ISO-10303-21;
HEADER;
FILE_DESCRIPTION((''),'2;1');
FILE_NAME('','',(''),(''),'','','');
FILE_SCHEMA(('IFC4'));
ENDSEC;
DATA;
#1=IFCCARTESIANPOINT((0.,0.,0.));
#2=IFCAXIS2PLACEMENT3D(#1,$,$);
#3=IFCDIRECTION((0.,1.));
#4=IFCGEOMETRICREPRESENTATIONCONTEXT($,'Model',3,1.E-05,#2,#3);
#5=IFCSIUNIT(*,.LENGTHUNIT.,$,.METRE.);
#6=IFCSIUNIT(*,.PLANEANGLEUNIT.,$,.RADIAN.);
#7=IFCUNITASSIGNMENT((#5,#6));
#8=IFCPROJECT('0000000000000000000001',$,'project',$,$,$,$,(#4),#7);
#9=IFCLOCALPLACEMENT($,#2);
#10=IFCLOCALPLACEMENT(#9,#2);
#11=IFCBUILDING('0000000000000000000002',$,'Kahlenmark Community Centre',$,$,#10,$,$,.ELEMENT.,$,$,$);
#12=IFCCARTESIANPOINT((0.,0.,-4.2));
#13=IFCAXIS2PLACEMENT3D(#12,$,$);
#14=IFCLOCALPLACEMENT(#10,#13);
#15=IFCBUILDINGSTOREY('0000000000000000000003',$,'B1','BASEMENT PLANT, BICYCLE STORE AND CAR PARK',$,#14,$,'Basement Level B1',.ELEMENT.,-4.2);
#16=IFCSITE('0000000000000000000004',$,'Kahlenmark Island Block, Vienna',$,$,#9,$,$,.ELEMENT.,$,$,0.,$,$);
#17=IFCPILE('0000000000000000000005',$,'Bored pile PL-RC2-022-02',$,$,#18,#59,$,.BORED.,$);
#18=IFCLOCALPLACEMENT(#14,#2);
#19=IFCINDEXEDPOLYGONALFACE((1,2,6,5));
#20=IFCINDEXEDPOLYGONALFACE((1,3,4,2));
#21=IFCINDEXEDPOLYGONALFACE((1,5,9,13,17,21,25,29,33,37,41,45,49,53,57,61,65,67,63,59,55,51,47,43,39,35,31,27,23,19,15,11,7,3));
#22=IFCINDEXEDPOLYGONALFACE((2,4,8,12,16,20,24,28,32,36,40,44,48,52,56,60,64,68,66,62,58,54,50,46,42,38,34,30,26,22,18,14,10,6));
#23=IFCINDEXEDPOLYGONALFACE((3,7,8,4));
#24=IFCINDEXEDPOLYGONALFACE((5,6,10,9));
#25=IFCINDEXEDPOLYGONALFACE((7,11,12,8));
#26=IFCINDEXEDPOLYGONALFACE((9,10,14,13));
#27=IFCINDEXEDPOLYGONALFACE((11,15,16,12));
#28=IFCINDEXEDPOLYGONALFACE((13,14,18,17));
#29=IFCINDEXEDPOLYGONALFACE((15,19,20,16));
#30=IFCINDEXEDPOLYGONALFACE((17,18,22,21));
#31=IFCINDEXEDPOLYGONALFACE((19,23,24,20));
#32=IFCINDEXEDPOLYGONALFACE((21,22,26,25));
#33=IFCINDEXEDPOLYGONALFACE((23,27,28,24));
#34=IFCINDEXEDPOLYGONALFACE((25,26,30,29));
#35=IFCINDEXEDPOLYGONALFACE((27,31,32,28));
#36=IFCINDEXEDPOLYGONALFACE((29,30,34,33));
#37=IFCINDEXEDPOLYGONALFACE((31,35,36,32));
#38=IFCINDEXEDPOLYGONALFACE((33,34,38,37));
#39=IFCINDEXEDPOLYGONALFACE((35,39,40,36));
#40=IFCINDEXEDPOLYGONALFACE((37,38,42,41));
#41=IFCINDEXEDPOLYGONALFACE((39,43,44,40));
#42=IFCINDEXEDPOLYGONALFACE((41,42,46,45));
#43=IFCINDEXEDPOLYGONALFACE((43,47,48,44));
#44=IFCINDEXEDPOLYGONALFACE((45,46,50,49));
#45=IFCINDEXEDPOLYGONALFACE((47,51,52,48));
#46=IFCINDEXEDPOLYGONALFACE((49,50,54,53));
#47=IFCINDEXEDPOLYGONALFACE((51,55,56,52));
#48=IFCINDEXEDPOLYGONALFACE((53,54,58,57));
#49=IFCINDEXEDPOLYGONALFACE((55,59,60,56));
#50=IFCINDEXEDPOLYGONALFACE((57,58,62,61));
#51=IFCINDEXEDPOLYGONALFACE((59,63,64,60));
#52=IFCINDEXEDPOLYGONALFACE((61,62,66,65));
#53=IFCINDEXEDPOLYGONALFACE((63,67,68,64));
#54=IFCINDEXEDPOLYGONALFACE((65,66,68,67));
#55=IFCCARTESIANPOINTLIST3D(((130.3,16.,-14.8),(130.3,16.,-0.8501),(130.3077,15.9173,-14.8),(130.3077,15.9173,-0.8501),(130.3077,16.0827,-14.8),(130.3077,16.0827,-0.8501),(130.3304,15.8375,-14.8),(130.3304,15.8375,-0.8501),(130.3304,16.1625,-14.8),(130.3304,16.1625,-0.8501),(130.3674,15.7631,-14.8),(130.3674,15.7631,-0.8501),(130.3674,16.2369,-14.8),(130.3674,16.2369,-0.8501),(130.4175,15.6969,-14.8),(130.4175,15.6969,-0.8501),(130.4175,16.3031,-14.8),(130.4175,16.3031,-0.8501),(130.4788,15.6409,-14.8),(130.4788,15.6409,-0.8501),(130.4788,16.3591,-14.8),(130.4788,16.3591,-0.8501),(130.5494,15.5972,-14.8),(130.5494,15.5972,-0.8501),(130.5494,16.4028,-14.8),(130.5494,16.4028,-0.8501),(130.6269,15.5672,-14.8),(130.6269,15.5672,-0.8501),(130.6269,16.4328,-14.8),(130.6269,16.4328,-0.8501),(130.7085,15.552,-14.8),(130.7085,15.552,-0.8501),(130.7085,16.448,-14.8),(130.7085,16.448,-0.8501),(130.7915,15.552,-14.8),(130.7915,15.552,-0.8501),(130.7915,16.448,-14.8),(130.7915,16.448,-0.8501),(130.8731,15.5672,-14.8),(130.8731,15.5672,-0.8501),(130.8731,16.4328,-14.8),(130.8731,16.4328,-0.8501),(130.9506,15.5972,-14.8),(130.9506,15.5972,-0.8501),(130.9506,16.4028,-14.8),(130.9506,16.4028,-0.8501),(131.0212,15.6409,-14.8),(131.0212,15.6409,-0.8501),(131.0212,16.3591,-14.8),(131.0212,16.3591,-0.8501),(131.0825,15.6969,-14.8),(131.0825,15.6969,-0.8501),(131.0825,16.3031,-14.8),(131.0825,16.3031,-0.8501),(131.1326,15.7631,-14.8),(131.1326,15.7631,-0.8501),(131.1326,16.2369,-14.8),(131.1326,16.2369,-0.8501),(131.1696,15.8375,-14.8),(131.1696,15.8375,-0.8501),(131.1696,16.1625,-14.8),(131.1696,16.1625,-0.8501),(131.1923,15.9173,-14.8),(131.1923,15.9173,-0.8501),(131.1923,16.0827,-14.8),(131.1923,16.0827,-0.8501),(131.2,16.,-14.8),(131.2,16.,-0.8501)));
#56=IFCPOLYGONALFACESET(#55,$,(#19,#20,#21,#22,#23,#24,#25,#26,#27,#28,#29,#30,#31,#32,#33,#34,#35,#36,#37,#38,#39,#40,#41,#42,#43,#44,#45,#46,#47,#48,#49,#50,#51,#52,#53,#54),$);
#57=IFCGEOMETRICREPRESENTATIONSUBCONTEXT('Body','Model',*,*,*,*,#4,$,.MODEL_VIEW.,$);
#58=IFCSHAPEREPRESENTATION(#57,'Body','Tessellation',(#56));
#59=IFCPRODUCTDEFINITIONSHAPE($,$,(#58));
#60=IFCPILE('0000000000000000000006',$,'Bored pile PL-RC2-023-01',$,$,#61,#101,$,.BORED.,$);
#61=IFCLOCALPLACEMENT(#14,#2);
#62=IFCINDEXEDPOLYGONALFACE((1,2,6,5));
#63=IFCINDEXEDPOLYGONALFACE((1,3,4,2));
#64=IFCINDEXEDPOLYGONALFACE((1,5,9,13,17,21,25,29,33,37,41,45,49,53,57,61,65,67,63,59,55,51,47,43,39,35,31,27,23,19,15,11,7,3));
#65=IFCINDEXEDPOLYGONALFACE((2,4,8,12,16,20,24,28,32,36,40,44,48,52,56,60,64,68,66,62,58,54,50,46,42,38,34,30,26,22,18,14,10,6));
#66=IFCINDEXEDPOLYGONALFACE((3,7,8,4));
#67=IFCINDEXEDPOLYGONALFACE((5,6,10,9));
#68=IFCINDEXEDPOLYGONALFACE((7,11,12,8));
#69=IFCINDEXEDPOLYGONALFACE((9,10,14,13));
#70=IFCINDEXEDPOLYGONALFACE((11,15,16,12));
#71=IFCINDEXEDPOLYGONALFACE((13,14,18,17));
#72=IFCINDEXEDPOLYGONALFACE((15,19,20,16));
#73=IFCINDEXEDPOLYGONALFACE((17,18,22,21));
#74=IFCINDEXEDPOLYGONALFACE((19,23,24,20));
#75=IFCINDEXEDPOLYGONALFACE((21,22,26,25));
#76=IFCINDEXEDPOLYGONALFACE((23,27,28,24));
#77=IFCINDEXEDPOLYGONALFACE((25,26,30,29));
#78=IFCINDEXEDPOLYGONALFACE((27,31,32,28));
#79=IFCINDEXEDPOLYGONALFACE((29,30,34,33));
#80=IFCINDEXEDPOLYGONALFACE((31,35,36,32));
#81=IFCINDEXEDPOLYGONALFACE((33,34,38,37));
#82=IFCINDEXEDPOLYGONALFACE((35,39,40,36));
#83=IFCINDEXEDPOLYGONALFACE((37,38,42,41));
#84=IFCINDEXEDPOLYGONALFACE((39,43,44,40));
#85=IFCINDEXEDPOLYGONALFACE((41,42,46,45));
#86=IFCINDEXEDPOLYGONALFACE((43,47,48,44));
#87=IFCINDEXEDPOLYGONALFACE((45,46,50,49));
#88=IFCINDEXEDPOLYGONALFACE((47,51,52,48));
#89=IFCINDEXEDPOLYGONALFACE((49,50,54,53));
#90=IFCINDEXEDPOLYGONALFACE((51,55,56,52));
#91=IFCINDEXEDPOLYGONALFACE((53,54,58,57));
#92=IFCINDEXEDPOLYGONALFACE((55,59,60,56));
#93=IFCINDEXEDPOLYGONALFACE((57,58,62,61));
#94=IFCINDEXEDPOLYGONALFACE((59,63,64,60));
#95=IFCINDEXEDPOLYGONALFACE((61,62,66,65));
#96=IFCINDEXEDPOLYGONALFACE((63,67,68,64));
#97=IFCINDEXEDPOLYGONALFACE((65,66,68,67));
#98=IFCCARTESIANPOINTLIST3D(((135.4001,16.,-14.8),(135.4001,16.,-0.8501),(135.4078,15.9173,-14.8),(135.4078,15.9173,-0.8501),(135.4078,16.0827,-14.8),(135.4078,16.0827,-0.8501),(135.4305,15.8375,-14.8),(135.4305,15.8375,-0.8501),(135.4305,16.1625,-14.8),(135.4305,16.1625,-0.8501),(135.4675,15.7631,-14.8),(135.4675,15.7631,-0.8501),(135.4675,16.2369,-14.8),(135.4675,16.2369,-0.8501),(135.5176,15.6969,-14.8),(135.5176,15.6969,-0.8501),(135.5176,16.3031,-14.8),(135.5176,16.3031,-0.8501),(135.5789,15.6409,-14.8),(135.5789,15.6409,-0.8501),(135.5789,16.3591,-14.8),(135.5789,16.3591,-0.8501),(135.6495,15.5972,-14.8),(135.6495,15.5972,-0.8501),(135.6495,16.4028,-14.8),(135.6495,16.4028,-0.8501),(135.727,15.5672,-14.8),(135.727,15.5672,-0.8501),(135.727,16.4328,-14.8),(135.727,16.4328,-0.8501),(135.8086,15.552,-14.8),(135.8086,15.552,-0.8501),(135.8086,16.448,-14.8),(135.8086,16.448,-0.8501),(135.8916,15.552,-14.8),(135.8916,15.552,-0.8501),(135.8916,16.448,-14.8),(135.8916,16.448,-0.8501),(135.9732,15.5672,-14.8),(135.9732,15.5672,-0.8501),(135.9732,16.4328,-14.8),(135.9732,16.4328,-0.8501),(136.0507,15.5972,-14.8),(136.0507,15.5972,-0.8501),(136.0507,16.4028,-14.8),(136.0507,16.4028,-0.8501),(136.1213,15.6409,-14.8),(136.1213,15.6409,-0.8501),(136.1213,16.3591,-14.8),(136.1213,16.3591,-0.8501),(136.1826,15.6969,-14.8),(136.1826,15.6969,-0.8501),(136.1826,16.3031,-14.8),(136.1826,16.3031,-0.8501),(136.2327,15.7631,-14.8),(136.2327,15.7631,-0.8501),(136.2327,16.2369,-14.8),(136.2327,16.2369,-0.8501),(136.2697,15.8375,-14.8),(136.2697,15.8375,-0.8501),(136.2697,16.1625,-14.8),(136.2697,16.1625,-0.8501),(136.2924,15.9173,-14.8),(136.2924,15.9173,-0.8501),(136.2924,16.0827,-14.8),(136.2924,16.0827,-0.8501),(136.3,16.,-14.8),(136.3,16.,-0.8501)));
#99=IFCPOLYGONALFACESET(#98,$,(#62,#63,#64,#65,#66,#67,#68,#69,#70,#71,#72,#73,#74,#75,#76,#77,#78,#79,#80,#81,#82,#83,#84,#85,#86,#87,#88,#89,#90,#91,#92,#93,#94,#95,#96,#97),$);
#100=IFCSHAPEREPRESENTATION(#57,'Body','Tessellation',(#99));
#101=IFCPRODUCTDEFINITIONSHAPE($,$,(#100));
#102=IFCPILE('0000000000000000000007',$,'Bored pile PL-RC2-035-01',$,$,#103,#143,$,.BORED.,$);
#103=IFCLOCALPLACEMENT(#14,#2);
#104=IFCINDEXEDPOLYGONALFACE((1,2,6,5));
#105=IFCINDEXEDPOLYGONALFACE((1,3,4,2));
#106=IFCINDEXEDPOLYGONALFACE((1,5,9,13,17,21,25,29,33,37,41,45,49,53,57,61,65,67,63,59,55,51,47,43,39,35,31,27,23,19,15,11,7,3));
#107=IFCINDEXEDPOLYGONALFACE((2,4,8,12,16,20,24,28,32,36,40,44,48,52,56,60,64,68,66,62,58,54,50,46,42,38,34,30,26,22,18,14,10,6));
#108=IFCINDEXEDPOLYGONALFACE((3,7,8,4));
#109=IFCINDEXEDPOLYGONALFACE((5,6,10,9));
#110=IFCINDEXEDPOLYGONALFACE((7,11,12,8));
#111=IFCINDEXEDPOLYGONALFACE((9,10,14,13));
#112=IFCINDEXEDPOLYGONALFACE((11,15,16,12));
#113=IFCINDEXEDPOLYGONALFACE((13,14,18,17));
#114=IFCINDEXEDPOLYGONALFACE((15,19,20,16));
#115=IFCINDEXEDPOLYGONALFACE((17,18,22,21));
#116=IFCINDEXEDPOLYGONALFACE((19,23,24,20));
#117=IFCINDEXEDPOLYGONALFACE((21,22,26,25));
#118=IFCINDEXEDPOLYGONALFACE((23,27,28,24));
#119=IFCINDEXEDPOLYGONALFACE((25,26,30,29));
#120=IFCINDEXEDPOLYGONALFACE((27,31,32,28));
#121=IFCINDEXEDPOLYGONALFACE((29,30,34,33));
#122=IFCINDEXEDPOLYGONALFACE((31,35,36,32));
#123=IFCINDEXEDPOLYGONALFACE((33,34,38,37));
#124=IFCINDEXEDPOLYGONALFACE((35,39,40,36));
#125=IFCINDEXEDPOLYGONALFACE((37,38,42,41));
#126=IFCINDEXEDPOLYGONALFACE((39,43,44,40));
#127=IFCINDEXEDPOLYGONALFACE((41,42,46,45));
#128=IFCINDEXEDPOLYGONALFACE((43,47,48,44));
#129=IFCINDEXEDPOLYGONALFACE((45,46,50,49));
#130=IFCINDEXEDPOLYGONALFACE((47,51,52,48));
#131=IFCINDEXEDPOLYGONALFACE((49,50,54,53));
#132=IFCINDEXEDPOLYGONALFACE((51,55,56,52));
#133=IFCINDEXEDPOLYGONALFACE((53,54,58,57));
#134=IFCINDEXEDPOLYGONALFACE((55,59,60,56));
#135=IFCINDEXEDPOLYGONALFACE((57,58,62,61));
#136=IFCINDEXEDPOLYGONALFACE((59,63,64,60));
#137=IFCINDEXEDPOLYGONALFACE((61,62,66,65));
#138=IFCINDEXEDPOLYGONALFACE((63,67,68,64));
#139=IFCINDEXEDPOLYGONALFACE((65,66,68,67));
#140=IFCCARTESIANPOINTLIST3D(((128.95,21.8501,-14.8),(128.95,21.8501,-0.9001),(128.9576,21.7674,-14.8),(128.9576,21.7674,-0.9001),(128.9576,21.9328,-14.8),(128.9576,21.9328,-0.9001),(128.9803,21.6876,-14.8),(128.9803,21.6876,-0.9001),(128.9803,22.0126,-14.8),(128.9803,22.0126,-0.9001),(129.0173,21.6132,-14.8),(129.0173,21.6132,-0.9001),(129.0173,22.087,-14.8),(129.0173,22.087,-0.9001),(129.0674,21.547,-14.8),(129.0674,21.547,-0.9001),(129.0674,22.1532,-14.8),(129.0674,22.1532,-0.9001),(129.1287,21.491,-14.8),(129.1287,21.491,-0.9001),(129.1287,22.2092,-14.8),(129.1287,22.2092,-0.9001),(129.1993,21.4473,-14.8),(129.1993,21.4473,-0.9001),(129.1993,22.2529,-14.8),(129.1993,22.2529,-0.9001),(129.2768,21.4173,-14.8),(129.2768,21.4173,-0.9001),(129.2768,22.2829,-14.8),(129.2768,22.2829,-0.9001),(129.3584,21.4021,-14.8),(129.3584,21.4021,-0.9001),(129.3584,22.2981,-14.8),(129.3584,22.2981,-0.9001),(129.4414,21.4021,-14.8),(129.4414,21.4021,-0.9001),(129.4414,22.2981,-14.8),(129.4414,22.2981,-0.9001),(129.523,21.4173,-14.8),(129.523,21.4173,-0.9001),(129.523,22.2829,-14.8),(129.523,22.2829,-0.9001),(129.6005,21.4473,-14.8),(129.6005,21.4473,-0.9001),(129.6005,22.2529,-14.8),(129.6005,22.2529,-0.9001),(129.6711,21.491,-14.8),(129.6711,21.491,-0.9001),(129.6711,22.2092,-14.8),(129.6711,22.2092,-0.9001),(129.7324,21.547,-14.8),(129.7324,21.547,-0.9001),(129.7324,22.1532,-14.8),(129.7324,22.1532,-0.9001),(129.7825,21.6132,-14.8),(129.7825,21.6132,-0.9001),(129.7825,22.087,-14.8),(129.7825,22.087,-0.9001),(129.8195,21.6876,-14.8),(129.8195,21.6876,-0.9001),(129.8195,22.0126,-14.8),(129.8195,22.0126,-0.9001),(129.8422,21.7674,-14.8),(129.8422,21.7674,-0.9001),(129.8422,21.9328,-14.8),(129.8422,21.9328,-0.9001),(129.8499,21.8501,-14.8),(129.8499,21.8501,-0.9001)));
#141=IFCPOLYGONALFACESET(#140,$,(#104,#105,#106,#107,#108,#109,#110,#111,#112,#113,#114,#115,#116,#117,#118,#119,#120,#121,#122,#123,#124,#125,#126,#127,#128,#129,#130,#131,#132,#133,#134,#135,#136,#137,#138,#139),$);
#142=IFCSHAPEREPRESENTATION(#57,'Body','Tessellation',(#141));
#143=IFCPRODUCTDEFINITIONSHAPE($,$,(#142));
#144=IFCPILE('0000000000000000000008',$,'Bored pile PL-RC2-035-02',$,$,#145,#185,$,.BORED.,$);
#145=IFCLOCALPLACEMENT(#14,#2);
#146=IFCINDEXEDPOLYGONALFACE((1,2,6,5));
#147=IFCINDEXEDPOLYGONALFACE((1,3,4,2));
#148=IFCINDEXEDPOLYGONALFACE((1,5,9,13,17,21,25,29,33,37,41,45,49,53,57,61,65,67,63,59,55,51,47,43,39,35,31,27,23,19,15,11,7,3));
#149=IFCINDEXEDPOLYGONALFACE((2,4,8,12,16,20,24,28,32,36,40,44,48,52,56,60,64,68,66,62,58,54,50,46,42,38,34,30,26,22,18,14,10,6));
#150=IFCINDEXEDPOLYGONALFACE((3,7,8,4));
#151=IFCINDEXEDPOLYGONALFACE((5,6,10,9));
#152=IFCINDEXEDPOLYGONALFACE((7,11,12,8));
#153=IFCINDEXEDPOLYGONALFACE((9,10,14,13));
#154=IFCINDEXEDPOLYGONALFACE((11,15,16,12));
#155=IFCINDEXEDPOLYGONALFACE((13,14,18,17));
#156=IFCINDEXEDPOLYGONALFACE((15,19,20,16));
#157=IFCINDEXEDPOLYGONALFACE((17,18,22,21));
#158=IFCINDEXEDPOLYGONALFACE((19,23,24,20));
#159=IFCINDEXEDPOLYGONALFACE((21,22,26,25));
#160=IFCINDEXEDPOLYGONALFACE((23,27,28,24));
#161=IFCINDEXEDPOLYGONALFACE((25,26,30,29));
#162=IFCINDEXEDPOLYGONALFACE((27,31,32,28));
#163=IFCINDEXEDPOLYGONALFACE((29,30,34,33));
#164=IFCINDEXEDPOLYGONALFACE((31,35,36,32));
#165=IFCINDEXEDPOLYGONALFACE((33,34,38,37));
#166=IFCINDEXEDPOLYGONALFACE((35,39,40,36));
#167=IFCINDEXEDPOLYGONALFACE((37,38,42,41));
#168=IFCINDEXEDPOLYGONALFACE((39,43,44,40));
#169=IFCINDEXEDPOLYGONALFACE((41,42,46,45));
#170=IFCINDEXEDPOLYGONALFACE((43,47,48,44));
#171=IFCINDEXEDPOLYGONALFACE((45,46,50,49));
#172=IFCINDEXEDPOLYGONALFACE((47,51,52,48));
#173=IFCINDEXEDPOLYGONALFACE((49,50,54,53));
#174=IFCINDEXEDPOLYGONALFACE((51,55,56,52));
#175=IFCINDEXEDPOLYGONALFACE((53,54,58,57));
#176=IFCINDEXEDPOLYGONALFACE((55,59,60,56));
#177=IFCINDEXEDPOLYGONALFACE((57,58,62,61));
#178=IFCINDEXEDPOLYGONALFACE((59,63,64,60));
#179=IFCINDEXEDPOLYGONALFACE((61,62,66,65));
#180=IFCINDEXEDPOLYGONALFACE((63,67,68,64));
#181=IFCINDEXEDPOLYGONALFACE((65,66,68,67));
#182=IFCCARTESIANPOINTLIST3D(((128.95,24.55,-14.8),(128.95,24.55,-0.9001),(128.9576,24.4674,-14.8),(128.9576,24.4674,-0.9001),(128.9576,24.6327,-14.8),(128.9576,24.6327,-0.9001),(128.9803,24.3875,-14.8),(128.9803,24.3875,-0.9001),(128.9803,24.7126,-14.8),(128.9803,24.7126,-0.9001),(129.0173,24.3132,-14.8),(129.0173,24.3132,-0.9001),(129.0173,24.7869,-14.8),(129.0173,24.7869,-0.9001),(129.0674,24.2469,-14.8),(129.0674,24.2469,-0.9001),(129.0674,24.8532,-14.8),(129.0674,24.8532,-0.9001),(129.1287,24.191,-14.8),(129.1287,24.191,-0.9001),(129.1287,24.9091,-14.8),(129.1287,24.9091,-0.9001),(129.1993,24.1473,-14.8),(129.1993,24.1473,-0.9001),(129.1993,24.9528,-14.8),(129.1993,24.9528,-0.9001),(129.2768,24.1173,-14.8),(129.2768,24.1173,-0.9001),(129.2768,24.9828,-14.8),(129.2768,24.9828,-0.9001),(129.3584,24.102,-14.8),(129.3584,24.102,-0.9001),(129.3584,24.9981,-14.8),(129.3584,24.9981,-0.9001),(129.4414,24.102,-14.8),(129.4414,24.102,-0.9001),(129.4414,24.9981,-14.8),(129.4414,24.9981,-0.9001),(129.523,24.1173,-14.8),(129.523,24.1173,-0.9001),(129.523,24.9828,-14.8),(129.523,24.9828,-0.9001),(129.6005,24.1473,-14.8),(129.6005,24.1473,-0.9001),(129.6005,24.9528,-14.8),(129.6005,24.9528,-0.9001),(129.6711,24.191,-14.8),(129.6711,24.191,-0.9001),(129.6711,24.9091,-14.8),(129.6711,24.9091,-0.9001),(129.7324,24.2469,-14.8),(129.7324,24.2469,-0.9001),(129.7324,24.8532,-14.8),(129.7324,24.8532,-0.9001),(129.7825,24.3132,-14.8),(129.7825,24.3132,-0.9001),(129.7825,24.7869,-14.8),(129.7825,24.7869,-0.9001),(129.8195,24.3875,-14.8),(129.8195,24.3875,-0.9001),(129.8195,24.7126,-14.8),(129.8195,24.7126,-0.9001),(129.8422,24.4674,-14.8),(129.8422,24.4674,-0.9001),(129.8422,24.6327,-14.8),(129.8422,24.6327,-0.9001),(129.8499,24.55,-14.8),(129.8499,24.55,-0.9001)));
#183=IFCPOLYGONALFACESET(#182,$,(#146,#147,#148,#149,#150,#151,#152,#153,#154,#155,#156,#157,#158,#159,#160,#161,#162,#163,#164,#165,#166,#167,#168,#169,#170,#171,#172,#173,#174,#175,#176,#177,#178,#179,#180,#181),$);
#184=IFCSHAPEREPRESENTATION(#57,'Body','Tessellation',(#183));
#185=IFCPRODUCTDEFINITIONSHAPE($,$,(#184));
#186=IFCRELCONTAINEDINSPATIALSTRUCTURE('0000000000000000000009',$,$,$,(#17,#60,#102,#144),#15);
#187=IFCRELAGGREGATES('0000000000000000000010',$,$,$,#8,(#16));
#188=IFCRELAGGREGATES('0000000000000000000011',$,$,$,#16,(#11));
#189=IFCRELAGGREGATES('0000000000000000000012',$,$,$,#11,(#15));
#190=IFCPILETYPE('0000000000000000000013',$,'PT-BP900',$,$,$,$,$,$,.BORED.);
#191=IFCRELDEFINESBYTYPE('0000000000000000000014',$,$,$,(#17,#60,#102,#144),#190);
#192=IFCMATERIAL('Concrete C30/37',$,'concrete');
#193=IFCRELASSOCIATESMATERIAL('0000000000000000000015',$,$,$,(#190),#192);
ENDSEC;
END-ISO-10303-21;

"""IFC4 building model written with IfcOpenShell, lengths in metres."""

from ifc_helpers import new_model, si_unit, direction, frame, origin, origin_2d, place, context, subcontext, project, spatial, circle, extrude, material, material_profile, profile_set, type_object, element, save


model = new_model("IFC4")

# Units and contexts
model_context = context("Model", 3, precision=1e-05, world=origin(), true_north=direction((0.0, 1.0)))
body_context = subcontext(model_context, "Body", "Model", "MODEL_VIEW")
ifc_project = project(units=[si_unit("LENGTHUNIT", "METRE"), si_unit("PLANEANGLEUNIT", "RADIAN")], contexts=[model_context])

# Site, building, storey
site_placement = place(None, origin())
site = spatial("IfcSite", under=ifc_project, at=site_placement, Name="Kahlenmark Island Block, Vienna", CompositionType="ELEMENT", RefElevation=0.0)
building_placement = place(site_placement, origin())
building = spatial("IfcBuilding", under=site, at=building_placement, Name="Kahlenmark Community Centre", CompositionType="ELEMENT")
storey_placement = place(building_placement, frame((0.0, 0.0, -4.2)))
storey = spatial("IfcBuildingStorey", under=building, at=storey_placement, Name="B1", Description="BASEMENT PLANT, BICYCLE STORE AND CAR PARK", LongName="Basement Level B1", CompositionType="ELEMENT", Elevation=-4.2)

# Shared definitions
ifc_material_1 = material(Name="Concrete C30/37", Category="concrete")

# Piles
ifc_material_profile_1 = material_profile(ifc_material_1, circle(Radius=0.45, at=origin_2d()), Name="BORED PILE 900")
ifc_profile_set_1 = profile_set([ifc_material_profile_1], Name="Concrete C30/37")
pile_type_1 = type_object("IfcPileType", Name="PT-BP900", PredefinedType="BORED", material=ifc_profile_set_1)
for number, where, z_axis, x_axis, name in (
    (1, (130.75, 16.0, -0.8501), (0.0, 0.0, -1.0), (1.0, 0.0, 0.0), "Bored pile PL-RC2-022-02"),
    (2, (135.8501, 16.0, -0.8501), (0.0, 0.0, -1.0), (1.0, 0.0, 0.0), "Bored pile PL-RC2-023-01"),
):
    element("IfcPile", number, at=place(storey_placement, frame(where, z_axis=z_axis, x_axis=x_axis)), inside=storey, type_object=pile_type_1, Name=name, PredefinedType="BORED", context=body_context, shape_type="SweptSolid", body=[
        extrude(circle(Radius=0.45, at=origin_2d()), origin(), (0.0, 0.0, 1.0), 13.95),
    ])
for number, where, z_axis, x_axis, name in (
    (3, (129.3999, 21.8501, -0.9001), (0.0, 0.0, -1.0), (1.0, 0.0, 0.0), "Bored pile PL-RC2-035-01"),
    (4, (129.3999, 24.55, -0.9001), (0.0, 0.0, -1.0), (1.0, 0.0, 0.0), "Bored pile PL-RC2-035-02"),
):
    element("IfcPile", number, at=place(storey_placement, frame(where, z_axis=z_axis, x_axis=x_axis)), inside=storey, type_object=pile_type_1, Name=name, PredefinedType="BORED", context=body_context, shape_type="SweptSolid", body=[
        extrude(circle(Radius=0.45, at=origin_2d()), origin(), (0.0, 0.0, 1.0), 13.8999),
    ])

save(model, "model.ifc")
